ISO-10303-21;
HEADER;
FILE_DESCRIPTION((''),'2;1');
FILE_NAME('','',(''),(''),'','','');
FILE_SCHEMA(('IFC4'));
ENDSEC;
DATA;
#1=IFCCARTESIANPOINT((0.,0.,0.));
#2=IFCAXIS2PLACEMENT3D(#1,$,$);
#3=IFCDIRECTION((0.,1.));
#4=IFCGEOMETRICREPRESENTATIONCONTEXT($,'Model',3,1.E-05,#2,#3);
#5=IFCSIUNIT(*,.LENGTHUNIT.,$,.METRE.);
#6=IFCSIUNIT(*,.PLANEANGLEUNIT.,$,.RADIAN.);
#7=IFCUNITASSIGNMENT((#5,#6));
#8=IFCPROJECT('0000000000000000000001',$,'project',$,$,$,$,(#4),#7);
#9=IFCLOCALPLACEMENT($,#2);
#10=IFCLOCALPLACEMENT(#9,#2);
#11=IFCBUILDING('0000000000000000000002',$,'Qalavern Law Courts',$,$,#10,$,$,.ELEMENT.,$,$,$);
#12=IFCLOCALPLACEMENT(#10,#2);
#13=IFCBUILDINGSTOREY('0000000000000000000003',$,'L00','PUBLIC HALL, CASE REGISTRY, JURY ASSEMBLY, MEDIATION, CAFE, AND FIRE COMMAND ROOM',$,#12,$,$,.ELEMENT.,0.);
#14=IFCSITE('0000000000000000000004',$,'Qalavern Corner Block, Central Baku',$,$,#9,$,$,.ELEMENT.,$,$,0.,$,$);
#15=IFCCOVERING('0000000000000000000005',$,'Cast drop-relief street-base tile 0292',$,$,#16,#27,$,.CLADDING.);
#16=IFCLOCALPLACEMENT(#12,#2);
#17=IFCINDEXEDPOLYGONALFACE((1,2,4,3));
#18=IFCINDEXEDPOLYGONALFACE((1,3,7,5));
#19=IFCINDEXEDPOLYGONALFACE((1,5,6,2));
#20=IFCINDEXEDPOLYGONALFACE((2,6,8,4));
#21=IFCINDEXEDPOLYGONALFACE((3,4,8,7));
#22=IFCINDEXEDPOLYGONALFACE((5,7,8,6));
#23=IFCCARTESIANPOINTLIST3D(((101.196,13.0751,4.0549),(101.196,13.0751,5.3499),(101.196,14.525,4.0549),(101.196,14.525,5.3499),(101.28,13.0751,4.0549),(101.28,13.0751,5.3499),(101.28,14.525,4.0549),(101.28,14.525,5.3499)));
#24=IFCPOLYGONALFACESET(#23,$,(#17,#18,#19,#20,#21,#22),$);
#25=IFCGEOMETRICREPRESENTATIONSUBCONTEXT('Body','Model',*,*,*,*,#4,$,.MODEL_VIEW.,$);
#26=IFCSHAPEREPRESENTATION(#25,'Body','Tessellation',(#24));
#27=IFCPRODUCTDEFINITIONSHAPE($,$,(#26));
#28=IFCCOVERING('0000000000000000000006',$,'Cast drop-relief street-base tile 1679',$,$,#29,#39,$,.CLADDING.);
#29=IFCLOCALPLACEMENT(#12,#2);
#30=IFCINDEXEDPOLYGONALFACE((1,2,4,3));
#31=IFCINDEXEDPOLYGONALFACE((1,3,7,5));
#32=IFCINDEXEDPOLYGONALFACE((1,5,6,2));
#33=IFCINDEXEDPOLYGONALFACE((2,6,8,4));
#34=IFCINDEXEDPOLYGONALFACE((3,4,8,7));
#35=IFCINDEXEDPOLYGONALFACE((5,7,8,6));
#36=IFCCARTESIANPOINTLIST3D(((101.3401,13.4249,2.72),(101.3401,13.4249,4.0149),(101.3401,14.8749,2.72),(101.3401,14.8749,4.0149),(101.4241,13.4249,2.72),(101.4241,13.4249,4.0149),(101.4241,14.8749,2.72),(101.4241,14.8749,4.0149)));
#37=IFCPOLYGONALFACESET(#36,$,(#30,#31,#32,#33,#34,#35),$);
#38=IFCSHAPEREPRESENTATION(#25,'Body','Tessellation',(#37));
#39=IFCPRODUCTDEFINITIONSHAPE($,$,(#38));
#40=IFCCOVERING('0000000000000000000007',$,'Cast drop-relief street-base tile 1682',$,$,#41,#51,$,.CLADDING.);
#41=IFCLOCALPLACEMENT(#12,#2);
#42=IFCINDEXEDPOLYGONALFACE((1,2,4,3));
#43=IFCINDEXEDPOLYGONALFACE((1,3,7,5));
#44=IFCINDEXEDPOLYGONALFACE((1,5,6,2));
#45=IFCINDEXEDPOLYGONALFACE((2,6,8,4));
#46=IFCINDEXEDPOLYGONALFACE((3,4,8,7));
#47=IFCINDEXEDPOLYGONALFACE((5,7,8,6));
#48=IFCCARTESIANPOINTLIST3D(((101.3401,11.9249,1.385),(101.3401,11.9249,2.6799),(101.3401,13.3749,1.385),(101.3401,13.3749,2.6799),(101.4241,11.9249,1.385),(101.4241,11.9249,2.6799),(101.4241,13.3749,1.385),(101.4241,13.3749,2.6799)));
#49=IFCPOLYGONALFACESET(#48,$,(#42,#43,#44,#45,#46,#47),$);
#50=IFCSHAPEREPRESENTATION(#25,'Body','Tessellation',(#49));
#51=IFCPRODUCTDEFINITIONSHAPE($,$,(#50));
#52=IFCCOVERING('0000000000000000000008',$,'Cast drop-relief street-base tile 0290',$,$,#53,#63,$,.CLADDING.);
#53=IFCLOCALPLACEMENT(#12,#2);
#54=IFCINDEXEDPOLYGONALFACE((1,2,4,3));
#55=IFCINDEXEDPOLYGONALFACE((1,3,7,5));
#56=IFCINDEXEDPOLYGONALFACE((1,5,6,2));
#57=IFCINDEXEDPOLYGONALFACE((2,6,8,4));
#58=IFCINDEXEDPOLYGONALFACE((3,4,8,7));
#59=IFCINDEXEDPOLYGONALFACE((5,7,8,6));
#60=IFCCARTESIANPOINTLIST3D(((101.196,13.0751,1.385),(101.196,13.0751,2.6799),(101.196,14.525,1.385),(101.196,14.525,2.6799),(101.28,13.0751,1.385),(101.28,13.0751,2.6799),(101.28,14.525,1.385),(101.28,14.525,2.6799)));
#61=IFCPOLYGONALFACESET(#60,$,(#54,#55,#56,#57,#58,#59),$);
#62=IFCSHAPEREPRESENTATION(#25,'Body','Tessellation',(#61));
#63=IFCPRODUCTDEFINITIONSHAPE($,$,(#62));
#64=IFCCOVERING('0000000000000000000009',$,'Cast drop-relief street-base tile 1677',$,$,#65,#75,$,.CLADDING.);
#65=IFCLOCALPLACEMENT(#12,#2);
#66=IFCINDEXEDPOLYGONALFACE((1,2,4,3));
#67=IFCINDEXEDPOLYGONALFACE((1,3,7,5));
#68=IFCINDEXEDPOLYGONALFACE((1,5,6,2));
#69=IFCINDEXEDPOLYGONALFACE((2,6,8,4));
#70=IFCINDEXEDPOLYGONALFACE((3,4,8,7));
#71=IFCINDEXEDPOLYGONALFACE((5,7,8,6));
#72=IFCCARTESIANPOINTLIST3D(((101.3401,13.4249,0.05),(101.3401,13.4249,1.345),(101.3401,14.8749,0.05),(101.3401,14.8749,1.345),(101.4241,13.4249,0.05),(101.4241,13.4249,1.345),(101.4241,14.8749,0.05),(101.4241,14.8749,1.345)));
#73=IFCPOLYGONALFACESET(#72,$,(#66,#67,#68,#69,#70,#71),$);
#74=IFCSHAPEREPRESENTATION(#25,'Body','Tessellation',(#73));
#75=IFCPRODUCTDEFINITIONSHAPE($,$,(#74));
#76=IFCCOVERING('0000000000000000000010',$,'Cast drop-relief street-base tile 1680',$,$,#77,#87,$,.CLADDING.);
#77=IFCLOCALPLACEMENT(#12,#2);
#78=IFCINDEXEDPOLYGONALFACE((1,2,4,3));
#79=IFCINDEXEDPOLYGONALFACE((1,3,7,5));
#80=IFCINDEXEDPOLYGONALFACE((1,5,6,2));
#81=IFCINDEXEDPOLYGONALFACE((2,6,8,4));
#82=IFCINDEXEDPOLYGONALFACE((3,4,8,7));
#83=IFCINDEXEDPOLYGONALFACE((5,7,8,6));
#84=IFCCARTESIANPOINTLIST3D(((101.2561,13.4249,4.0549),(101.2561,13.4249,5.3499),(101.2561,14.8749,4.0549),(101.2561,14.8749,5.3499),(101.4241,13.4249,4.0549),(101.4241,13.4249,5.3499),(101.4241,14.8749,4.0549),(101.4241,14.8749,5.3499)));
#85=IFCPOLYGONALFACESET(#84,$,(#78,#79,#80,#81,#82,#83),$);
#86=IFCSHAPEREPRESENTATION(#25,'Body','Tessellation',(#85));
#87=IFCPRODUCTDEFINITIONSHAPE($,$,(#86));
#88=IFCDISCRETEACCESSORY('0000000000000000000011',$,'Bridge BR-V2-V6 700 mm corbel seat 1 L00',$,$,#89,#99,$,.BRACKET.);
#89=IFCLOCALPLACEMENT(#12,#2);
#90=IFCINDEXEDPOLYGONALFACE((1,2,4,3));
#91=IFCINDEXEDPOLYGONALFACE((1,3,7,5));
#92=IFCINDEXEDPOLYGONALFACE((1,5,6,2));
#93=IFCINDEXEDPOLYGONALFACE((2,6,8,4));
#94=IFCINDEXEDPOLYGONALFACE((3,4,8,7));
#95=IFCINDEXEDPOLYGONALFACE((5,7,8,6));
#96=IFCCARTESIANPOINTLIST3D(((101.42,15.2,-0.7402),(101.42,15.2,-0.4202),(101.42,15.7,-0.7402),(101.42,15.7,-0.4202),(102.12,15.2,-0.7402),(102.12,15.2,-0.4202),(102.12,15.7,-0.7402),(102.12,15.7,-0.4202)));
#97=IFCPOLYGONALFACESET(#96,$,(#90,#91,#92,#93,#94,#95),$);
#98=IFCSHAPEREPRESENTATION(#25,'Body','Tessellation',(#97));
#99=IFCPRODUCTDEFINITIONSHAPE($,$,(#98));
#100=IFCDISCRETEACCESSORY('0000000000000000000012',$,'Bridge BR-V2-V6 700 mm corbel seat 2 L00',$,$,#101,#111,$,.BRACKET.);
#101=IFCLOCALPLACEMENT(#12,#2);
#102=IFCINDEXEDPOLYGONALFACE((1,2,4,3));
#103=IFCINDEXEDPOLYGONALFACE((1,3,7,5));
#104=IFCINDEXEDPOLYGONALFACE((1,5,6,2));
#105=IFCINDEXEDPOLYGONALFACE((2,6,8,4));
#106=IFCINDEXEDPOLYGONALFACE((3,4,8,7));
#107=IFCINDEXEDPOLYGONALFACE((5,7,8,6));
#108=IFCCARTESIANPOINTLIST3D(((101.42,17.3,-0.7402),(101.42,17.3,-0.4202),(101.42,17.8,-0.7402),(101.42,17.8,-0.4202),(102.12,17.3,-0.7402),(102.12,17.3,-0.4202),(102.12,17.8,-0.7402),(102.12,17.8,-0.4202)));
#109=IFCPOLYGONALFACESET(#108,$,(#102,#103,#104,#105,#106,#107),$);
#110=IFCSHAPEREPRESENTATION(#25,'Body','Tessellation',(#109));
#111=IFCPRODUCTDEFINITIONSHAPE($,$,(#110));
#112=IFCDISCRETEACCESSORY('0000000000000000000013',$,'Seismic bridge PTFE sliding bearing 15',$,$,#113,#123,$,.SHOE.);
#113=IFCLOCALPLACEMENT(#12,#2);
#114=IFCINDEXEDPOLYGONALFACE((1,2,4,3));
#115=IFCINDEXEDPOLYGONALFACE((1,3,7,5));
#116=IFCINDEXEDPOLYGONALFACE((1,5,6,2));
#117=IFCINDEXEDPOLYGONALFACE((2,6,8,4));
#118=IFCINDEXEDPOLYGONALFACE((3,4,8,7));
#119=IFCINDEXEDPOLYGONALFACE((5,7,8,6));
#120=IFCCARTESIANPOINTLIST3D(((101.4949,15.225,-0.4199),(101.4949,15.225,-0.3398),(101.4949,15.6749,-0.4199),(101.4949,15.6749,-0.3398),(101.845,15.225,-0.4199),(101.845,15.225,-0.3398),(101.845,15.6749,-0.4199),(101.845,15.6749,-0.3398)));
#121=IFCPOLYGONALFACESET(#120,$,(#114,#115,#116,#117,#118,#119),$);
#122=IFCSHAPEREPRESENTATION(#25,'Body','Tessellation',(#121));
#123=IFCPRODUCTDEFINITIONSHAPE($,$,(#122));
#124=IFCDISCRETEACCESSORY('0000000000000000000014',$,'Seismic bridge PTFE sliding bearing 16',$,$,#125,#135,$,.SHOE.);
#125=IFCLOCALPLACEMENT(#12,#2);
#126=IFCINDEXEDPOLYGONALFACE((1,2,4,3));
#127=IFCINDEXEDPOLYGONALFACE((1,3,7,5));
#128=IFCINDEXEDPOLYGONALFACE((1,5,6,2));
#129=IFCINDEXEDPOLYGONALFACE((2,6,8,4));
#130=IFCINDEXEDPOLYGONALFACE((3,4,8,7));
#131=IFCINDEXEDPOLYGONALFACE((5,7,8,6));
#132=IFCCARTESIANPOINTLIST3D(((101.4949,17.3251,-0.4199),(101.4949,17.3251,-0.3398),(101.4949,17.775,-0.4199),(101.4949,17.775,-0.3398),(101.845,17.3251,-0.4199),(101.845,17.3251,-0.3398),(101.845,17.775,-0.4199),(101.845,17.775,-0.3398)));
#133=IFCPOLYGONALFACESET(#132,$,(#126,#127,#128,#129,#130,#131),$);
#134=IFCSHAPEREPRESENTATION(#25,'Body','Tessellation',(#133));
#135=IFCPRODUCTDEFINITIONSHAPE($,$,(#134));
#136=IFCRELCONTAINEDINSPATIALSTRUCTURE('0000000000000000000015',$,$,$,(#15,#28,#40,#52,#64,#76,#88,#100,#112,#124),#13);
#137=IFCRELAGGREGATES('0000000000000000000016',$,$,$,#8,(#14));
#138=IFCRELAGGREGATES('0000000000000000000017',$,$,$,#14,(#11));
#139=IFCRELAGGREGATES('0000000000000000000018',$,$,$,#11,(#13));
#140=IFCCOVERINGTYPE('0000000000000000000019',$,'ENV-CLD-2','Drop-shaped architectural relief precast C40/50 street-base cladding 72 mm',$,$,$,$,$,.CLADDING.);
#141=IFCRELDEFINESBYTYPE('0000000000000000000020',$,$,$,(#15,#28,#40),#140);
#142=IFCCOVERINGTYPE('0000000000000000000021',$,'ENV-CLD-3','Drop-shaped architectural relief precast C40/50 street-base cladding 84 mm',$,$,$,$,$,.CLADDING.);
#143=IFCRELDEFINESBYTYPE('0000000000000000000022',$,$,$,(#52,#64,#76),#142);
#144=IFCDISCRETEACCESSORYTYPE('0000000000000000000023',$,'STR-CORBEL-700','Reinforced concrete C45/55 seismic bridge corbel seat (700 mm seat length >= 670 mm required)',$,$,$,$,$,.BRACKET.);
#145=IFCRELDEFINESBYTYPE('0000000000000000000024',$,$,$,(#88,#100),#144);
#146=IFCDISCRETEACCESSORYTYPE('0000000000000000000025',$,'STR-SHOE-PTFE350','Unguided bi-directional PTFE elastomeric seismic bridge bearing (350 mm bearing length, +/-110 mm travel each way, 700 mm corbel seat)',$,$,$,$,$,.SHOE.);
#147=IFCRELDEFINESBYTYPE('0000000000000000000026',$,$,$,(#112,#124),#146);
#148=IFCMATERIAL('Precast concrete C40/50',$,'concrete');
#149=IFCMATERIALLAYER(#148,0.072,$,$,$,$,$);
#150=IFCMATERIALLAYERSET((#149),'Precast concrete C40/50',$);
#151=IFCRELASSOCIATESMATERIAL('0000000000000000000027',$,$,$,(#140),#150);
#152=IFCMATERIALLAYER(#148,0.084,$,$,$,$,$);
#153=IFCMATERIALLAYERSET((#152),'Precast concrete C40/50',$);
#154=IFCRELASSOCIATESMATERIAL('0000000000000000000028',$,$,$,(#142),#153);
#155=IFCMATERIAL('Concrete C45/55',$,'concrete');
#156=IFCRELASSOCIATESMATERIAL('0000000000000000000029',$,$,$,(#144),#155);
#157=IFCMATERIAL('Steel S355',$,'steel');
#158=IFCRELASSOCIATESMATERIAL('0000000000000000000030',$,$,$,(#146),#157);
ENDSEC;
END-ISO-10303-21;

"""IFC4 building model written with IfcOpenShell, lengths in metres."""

from ifc_helpers import new_model, si_unit, direction, frame, origin, origin_2d, place, context, subcontext, project, spatial, rectangle, extrude, material, layer, layer_set, type_object, element, save


model = new_model("IFC4")

# Units and contexts
model_context = context("Model", 3, precision=1e-05, world=origin(), true_north=direction((0.0, 1.0)))
body_context = subcontext(model_context, "Body", "Model", "MODEL_VIEW")
ifc_project = project(units=[si_unit("LENGTHUNIT", "METRE"), si_unit("PLANEANGLEUNIT", "RADIAN")], contexts=[model_context])

# Site, building, storey
site_placement = place(None, origin())
site = spatial("IfcSite", under=ifc_project, at=site_placement, Name="Qalavern Corner Block, Central Baku", CompositionType="ELEMENT", RefElevation=0.0)
building_placement = place(site_placement, origin())
building = spatial("IfcBuilding", under=site, at=building_placement, Name="Qalavern Law Courts", CompositionType="ELEMENT")
storey_placement = place(building_placement, origin())
storey = spatial("IfcBuildingStorey", under=building, at=storey_placement, Name="L00", Description="PUBLIC HALL, CASE REGISTRY, JURY ASSEMBLY, MEDIATION, CAFE, AND FIRE COMMAND ROOM", CompositionType="ELEMENT", Elevation=0.0)

# Shared definitions
ifc_material_1 = material(Name="Concrete C45/55", Category="concrete")

# Shared definitions
ifc_material_2 = material(Name="Steel S355", Category="steel")

# Coverings
ifc_material_3 = material(Name="Precast concrete C40/50", Category="concrete")
ifc_layer_1 = layer(ifc_material_3, 0.072)
ifc_layer_set_1 = layer_set([ifc_layer_1], Name="Precast concrete C40/50")
covering_type_1 = type_object("IfcCoveringType", Name="ENV-CLD-2", Description="Drop-shaped architectural relief precast C40/50 street-base cladding 72 mm", PredefinedType="CLADDING", material=ifc_layer_set_1)
for number, where, z_axis, x_axis, name in (
    (1, (101.238, 13.8, 4.0549), (0.0, 0.0, 1.0), (0.0, 1.0, 0.0), "Cast drop-relief street-base tile 0292"),
    (2, (101.3821, 14.1499, 2.72), (0.0, 0.0, 1.0), (0.0, -1.0, 0.0), "Cast drop-relief street-base tile 1679"),
    (3, (101.3821, 12.6499, 1.385), (0.0, 0.0, 1.0), (0.0, -1.0, 0.0), "Cast drop-relief street-base tile 1682"),
):
    element("IfcCovering", number, at=place(storey_placement, frame(where, z_axis=z_axis, x_axis=x_axis)), inside=storey, type_object=covering_type_1, Name=name, PredefinedType="CLADDING", context=body_context, shape_type="SweptSolid", body=[
        extrude(rectangle(XDim=1.45, YDim=0.084, at=origin_2d()), origin(), (0.0, 0.0, 1.0), 1.2949),
    ])
ifc_layer_2 = layer(ifc_material_3, 0.084)
ifc_layer_set_2 = layer_set([ifc_layer_2], Name="Precast concrete C40/50")
covering_type_2 = type_object("IfcCoveringType", Name="ENV-CLD-3", Description="Drop-shaped architectural relief precast C40/50 street-base cladding 84 mm", PredefinedType="CLADDING", material=ifc_layer_set_2)
for number, where, z_axis, x_axis, name in (
    (4, (101.238, 13.8, 1.385), (0.0, 0.0, 1.0), (0.0, 1.0, 0.0), "Cast drop-relief street-base tile 0290"),
    (5, (101.3821, 14.1499, 0.05), (0.0, 0.0, 1.0), (0.0, -1.0, 0.0), "Cast drop-relief street-base tile 1677"),
):
    element("IfcCovering", number, at=place(storey_placement, frame(where, z_axis=z_axis, x_axis=x_axis)), inside=storey, type_object=covering_type_2, Name=name, PredefinedType="CLADDING", context=body_context, shape_type="SweptSolid", body=[
        extrude(rectangle(XDim=1.45, YDim=0.084, at=origin_2d()), origin(), (0.0, 0.0, 1.0), 1.2949),
    ])
covering_1_placement = place(storey_placement, frame((101.3401, 14.1499, 4.0549), z_axis=(0.0, 0.0, 1.0), x_axis=(0.0, -1.0, 0.0)))
element("IfcCovering", 6, at=covering_1_placement, inside=storey, type_object=covering_type_2, Name="Cast drop-relief street-base tile 1680", PredefinedType="CLADDING", context=body_context, shape_type="SweptSolid", body=[
    extrude(rectangle(XDim=1.45, YDim=0.168, at=origin_2d()), origin(), (0.0, 0.0, 1.0), 1.2949),
])

# Discrete accessories
discrete_accessory_type_1 = type_object("IfcDiscreteAccessoryType", Name="STR-CORBEL-700", Description="Reinforced concrete C45/55 seismic bridge corbel seat (700 mm seat length >= 670 mm required)", PredefinedType="BRACKET", material=ifc_material_1)
for number, where, z_axis, x_axis, name in (
    (7, (101.77, 15.45, -0.7402), (0.0, 0.0, 1.0), (1.0, 0.0, 0.0), "Bridge BR-V2-V6 700 mm corbel seat 1 L00"),
    (8, (101.77, 17.55, -0.7402), (0.0, 0.0, 1.0), (1.0, 0.0, 0.0), "Bridge BR-V2-V6 700 mm corbel seat 2 L00"),
):
    element("IfcDiscreteAccessory", number, at=place(storey_placement, frame(where, z_axis=z_axis, x_axis=x_axis)), inside=storey, type_object=discrete_accessory_type_1, Name=name, PredefinedType="BRACKET", context=body_context, shape_type="SweptSolid", body=[
        extrude(rectangle(XDim=0.7, YDim=0.5, at=origin_2d()), origin(), (0.0, 0.0, 1.0), 0.3201),
    ])
discrete_accessory_type_2 = type_object("IfcDiscreteAccessoryType", Name="STR-SHOE-PTFE350", Description="Unguided bi-directional PTFE elastomeric seismic bridge bearing (350 mm bearing length, +/-110 mm travel each way, 700 mm corbel seat)", PredefinedType="SHOE", material=ifc_material_2)
for number, where, z_axis, x_axis, name in (
    (9, (101.6699, 15.45, -0.4199), (0.0, 0.0, 1.0), (1.0, 0.0, 0.0), "Seismic bridge PTFE sliding bearing 15"),
    (10, (101.6699, 17.55, -0.4199), (0.0, 0.0, 1.0), (1.0, 0.0, 0.0), "Seismic bridge PTFE sliding bearing 16"),
):
    element("IfcDiscreteAccessory", number, at=place(storey_placement, frame(where, z_axis=z_axis, x_axis=x_axis)), inside=storey, type_object=discrete_accessory_type_2, Name=name, PredefinedType="SHOE", context=body_context, shape_type="SweptSolid", body=[
        extrude(rectangle(XDim=0.3501, YDim=0.45, at=origin_2d()), origin(), (0.0, 0.0, 1.0), 0.0801),
    ])

save(model, "model.ifc")
